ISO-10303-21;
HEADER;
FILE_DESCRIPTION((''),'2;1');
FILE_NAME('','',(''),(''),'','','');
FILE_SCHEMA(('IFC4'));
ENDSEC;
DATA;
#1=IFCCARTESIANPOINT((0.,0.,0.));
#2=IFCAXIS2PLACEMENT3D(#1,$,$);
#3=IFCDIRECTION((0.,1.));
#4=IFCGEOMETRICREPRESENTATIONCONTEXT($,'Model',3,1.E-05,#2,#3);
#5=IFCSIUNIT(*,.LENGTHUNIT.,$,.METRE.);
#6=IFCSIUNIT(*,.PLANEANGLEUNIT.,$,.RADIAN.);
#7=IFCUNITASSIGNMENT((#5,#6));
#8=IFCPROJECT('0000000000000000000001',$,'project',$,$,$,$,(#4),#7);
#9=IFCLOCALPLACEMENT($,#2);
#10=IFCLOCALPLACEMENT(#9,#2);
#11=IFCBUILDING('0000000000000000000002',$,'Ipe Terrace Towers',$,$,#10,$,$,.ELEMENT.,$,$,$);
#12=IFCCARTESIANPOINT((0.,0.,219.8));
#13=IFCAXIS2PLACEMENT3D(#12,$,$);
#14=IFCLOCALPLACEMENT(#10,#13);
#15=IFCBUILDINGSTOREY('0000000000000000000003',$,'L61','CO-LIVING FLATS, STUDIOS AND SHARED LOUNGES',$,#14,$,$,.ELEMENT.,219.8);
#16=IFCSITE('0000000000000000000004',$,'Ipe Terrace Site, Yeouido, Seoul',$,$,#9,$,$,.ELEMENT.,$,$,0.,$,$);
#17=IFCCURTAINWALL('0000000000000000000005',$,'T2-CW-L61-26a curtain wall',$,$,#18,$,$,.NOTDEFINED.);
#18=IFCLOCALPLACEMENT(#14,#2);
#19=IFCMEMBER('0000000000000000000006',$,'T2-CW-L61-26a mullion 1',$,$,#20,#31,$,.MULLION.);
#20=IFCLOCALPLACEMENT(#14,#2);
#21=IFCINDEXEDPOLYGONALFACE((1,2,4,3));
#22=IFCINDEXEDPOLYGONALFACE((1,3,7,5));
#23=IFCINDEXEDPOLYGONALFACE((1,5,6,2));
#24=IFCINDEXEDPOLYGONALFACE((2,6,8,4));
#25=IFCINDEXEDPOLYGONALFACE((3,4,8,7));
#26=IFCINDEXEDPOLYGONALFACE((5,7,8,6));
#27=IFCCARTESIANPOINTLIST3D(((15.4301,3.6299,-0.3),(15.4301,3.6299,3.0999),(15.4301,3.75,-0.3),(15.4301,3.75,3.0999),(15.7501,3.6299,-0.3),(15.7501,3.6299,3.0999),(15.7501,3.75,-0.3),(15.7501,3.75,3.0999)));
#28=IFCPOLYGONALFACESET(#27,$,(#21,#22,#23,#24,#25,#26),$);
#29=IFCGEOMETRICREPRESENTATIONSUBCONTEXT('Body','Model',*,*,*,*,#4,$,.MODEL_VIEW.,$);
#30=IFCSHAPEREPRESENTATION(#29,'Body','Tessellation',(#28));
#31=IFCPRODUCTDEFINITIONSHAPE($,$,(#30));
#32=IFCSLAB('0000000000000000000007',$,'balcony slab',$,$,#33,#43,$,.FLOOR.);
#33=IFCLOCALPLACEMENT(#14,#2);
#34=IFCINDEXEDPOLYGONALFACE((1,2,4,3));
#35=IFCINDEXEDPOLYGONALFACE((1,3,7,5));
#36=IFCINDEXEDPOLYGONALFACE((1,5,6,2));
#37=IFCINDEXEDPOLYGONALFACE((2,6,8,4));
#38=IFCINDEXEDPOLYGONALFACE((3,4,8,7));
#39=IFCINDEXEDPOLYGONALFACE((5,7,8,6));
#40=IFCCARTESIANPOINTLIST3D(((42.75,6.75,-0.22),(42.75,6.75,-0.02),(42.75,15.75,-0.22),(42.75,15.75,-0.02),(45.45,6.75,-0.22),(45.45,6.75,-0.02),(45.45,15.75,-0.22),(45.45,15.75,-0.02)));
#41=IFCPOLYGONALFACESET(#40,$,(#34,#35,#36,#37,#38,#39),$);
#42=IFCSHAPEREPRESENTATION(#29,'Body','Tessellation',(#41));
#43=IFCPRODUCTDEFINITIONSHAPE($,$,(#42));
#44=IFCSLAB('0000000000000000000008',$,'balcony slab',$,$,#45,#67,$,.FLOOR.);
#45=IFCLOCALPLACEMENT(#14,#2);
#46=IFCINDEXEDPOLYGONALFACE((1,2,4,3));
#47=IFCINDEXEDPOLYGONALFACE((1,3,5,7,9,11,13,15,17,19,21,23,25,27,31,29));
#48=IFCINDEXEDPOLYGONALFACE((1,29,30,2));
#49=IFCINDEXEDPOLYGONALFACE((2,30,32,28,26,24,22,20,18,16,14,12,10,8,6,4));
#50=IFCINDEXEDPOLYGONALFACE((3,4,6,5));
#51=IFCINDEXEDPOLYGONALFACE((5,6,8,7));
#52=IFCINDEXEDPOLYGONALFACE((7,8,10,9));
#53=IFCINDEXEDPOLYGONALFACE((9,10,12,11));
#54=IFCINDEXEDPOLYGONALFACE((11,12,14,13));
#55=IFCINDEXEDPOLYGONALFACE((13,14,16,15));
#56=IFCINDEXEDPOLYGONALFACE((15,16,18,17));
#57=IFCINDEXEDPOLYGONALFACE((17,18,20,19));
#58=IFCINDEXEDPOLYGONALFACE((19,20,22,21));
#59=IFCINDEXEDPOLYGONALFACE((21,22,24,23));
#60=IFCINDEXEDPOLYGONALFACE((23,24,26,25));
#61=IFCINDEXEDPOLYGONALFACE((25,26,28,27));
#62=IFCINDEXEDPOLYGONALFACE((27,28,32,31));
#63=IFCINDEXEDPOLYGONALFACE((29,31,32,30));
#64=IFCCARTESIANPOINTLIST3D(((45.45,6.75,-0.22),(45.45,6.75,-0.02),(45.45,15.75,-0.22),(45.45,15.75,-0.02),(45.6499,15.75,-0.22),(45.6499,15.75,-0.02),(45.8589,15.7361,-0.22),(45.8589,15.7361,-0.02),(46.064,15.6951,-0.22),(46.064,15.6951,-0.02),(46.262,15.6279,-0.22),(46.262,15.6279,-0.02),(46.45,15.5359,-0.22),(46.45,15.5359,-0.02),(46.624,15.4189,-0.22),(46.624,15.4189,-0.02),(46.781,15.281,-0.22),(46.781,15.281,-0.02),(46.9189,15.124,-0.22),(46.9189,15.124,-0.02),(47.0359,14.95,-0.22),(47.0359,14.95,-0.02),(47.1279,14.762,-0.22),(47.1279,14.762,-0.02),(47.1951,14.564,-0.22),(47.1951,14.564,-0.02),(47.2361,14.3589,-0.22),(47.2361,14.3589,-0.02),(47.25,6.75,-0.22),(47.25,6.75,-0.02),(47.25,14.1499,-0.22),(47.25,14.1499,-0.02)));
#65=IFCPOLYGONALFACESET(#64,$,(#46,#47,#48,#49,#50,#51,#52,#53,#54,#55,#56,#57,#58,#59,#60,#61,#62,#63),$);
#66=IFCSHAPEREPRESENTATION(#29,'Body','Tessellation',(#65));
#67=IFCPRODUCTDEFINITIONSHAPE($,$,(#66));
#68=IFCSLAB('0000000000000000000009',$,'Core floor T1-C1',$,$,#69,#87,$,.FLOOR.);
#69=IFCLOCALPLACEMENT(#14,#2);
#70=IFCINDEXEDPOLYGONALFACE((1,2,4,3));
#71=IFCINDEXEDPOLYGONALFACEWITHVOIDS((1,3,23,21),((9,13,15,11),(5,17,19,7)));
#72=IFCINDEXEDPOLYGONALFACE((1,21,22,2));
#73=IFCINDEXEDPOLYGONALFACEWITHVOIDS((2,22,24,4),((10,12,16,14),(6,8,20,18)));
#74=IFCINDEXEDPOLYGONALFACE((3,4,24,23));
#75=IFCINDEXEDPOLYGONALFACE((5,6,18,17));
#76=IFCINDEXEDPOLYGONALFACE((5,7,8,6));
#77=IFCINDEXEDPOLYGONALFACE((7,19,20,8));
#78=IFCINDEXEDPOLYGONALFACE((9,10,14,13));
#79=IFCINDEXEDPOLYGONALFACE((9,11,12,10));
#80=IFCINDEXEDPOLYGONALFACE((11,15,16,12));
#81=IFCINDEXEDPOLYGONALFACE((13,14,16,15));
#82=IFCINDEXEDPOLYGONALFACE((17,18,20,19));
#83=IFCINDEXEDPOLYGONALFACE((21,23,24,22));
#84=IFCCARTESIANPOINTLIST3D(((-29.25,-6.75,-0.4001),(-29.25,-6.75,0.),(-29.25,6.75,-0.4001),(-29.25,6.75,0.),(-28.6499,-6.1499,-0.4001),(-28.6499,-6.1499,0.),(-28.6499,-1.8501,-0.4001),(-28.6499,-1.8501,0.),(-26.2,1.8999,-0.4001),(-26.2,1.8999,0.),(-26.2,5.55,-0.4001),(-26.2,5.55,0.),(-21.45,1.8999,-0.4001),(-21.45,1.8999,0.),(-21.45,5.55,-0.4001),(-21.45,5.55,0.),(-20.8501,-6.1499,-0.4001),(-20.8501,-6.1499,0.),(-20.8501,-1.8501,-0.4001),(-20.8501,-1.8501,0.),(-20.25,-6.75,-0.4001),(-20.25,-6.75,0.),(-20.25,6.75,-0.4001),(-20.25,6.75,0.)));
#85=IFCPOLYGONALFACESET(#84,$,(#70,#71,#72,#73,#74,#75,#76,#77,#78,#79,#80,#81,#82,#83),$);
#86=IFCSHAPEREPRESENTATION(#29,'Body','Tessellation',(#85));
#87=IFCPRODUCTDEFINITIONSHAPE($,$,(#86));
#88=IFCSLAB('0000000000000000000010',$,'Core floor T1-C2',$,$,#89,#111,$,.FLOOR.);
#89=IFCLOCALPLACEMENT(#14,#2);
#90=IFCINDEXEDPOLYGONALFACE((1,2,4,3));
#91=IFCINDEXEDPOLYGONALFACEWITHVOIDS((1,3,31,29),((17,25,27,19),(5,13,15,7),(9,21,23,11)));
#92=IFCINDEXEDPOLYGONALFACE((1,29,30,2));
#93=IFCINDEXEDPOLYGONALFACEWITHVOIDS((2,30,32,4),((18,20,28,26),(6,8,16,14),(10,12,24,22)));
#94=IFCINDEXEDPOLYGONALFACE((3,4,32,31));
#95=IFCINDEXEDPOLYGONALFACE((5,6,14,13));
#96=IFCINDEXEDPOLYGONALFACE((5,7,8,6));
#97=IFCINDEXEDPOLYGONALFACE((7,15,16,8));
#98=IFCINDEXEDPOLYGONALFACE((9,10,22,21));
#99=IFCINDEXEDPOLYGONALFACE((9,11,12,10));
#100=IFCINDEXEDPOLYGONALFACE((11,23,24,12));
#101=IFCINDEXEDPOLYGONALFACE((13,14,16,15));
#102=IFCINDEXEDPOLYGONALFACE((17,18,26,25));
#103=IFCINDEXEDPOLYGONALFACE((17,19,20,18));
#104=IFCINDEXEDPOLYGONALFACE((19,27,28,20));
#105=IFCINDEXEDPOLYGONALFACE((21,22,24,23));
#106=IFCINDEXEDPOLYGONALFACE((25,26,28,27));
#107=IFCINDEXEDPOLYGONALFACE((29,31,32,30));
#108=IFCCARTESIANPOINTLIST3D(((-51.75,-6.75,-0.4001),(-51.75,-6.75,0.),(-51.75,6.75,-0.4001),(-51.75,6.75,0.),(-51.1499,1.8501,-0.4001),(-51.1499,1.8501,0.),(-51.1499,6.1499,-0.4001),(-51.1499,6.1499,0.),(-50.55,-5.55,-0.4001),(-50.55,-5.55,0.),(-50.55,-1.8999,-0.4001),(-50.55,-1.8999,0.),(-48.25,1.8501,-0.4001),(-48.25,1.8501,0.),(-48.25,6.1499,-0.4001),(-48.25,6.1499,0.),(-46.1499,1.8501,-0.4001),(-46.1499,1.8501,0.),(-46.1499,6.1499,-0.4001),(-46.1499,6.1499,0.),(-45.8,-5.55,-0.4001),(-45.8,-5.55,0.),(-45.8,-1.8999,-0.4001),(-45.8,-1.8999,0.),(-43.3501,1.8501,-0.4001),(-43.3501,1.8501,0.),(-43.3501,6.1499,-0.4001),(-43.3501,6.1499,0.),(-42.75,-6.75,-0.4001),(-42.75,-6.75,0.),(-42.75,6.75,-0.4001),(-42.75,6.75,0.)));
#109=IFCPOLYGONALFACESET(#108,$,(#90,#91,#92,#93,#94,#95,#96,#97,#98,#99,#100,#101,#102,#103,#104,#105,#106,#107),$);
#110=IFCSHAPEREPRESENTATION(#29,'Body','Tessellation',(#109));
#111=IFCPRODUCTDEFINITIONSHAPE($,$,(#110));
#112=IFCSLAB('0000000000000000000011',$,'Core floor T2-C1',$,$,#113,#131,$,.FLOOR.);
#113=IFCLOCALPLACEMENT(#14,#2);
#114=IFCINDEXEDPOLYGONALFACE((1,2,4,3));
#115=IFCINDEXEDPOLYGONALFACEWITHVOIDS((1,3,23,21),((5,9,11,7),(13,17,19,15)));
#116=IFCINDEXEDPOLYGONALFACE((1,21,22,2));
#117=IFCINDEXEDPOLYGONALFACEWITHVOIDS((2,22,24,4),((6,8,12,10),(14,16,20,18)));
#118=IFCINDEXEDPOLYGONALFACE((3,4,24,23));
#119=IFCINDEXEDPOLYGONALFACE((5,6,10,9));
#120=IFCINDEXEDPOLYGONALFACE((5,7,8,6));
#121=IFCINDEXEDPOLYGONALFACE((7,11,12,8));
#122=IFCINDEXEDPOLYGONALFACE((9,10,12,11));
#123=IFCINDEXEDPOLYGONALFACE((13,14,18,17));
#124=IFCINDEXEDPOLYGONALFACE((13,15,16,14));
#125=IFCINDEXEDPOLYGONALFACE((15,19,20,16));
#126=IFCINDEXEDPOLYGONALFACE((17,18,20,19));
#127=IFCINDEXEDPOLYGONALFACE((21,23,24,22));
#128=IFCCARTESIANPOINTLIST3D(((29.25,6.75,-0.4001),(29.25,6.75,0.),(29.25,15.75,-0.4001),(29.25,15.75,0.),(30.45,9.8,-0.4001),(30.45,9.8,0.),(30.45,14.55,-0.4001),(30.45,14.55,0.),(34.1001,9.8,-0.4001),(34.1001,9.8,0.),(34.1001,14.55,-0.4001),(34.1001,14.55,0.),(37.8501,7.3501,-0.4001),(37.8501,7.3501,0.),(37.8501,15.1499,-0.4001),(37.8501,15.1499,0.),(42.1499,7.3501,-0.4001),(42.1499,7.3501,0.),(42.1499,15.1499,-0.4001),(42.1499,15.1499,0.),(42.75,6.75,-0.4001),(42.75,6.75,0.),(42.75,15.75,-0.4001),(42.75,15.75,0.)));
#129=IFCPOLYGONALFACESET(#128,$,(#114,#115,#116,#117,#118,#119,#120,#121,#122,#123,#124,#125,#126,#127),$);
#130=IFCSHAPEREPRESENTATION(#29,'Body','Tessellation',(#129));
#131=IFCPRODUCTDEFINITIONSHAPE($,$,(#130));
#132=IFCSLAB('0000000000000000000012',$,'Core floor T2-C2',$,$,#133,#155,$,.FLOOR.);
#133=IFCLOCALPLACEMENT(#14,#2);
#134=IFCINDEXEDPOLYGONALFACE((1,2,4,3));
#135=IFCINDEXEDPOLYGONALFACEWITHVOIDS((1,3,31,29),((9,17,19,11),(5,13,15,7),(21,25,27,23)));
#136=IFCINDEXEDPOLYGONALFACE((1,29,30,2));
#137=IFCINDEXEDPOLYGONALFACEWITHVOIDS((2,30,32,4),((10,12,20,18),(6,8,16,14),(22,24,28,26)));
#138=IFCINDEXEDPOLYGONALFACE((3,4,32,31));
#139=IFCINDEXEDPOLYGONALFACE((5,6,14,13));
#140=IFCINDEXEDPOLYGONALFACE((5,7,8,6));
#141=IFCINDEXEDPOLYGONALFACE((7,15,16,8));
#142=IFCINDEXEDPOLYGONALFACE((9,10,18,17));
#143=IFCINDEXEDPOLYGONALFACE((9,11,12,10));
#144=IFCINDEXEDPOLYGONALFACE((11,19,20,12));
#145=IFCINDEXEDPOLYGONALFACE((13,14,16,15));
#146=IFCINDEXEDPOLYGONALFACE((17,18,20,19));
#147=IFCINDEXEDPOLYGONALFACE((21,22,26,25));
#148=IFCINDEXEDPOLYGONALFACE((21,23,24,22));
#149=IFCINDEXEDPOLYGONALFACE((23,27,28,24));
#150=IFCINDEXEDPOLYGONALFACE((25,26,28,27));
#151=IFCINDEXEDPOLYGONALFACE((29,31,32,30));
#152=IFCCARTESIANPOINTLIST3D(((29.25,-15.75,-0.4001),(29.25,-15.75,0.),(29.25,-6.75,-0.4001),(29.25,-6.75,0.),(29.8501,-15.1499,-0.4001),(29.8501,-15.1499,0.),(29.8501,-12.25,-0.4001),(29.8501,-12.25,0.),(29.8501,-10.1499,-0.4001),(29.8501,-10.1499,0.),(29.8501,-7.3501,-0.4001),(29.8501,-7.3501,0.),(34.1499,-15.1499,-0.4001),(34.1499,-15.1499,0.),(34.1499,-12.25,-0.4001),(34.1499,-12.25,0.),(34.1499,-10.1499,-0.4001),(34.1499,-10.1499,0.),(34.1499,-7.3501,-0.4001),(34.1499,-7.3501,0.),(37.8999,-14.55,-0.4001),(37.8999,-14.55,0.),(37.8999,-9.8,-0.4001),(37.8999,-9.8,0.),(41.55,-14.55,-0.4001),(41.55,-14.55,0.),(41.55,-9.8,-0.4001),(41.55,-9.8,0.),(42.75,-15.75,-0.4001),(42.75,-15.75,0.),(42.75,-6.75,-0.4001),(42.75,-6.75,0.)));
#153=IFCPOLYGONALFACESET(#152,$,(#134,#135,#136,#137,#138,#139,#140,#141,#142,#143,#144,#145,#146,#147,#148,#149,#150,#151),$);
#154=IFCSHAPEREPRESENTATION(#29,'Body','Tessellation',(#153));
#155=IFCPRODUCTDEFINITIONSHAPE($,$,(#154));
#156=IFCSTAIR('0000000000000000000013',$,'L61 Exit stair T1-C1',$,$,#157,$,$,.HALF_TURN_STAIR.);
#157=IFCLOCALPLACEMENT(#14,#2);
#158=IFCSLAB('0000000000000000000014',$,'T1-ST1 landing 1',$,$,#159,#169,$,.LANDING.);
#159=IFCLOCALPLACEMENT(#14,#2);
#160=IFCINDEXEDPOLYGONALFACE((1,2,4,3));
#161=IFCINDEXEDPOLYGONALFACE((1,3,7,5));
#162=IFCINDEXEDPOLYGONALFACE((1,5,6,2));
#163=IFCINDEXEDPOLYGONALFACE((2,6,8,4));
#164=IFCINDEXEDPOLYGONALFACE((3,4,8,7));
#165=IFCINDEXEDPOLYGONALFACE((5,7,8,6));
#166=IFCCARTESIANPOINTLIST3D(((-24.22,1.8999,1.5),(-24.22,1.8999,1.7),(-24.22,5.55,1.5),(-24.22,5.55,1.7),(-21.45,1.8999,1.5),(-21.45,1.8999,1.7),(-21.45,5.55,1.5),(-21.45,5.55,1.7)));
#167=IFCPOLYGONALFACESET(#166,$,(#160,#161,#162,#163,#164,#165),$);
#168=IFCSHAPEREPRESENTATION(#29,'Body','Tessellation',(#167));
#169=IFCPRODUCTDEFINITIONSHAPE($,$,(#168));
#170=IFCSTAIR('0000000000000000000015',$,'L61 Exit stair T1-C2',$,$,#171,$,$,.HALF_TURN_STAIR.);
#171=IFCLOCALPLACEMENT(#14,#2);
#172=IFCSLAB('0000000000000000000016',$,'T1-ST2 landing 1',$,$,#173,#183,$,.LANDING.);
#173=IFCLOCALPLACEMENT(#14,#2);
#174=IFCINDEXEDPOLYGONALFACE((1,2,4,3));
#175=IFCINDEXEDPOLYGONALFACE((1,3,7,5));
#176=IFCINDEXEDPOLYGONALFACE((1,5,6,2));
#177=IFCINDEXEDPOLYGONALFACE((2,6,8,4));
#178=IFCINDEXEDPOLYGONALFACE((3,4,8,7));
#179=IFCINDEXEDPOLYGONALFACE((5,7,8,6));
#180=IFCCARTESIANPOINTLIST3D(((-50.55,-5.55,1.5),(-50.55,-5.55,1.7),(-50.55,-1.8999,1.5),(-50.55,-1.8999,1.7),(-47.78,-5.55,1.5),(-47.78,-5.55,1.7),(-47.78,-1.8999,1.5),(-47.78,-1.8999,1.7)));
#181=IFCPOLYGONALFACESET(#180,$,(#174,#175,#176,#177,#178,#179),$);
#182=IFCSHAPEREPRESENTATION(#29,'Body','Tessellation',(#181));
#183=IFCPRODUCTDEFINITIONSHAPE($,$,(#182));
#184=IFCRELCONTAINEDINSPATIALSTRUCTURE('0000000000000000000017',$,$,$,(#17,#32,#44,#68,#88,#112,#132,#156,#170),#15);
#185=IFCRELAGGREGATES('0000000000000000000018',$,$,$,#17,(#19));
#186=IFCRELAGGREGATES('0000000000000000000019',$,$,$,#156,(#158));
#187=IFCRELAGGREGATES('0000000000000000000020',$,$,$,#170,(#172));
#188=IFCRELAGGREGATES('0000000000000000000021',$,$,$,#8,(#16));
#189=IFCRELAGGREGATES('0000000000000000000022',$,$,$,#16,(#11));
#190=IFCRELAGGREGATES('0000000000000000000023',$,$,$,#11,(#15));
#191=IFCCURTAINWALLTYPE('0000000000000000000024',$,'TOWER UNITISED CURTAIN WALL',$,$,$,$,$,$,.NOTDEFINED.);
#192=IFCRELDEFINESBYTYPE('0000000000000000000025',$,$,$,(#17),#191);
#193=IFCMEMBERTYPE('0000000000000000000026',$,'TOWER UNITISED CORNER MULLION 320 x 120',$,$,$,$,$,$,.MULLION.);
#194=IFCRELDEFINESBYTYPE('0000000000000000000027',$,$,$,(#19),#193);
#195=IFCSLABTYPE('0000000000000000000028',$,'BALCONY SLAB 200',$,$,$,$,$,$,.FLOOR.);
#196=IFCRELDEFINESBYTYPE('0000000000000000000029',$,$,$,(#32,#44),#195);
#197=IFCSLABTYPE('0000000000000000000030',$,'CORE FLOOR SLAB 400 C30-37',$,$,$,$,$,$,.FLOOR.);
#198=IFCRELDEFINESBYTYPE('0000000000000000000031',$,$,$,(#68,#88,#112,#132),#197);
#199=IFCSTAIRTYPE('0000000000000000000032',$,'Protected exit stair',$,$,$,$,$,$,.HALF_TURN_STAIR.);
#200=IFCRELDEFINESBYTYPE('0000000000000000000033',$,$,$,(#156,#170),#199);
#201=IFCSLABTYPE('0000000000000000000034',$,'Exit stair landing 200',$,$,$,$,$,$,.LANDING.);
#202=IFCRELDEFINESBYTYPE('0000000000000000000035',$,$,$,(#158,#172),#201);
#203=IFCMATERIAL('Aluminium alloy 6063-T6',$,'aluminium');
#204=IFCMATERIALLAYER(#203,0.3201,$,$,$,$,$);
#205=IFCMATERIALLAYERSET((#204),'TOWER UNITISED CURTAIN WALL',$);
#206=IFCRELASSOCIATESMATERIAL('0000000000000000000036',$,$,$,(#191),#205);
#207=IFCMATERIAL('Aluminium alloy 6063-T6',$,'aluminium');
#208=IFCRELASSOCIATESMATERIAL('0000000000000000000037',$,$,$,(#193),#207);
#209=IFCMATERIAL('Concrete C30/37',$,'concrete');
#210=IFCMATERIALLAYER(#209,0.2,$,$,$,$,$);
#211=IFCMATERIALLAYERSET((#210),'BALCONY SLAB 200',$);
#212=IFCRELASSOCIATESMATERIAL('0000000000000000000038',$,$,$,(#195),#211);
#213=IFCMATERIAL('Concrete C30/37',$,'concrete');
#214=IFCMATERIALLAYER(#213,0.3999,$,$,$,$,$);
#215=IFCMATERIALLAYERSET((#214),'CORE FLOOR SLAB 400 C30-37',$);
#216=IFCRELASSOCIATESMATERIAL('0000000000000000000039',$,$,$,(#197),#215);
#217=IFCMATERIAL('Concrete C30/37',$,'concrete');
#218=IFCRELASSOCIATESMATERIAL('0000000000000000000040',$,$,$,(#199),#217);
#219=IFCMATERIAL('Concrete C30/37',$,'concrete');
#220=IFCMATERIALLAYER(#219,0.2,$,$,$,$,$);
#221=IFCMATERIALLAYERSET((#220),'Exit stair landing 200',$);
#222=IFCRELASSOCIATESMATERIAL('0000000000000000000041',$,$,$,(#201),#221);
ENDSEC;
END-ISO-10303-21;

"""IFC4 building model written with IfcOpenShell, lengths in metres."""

from ifc_helpers import new_model, si_unit, direction, frame, origin, origin_2d, place, context, subcontext, project, spatial, polyline, rectangle, outline, extrude, material, layer, layer_set, material_profile, profile_set, type_object, element, aggregate, save


model = new_model("IFC4")

# Units and contexts
model_context = context("Model", 3, precision=1e-05, world=origin(), true_north=direction((0.0, 1.0)))
body_context = subcontext(model_context, "Body", "Model", "MODEL_VIEW")
ifc_project = project(units=[si_unit("LENGTHUNIT", "METRE"), si_unit("PLANEANGLEUNIT", "RADIAN")], contexts=[model_context])

# Site, building, storey
site_placement = place(None, origin())
site = spatial("IfcSite", under=ifc_project, at=site_placement, Name="Ipe Terrace Site, Yeouido, Seoul", CompositionType="ELEMENT", RefElevation=0.0)
building_placement = place(site_placement, origin())
building = spatial("IfcBuilding", under=site, at=building_placement, Name="Ipe Terrace Towers", CompositionType="ELEMENT")
storey_placement = place(building_placement, frame((0.0, 0.0, 219.8)))
storey = spatial("IfcBuildingStorey", under=building, at=storey_placement, Name="L61", Description="CO-LIVING FLATS, STUDIOS AND SHARED LOUNGES", CompositionType="ELEMENT", Elevation=219.8)

# Curtain wall, member
ifc_material_1 = material(Name="Aluminium alloy 6063-T6", Category="aluminium")
ifc_layer_1 = layer(ifc_material_1, 0.3201)
ifc_layer_set_1 = layer_set([ifc_layer_1], Name="TOWER UNITISED CURTAIN WALL")
curtain_wall_type = type_object("IfcCurtainWallType", Name="TOWER UNITISED CURTAIN WALL", PredefinedType="NOTDEFINED", material=ifc_layer_set_1)
curtain_wall_placement = place(storey_placement, origin())
curtain_wall = element("IfcCurtainWall", 1, at=curtain_wall_placement, inside=storey, type_object=curtain_wall_type, Name="T2-CW-L61-26a curtain wall", PredefinedType="NOTDEFINED")
ifc_material_2 = material(Name="Aluminium alloy 6063-T6", Category="aluminium")
ifc_material_profile = material_profile(ifc_material_2, rectangle(XDim=0.3201, YDim=0.1201, at=origin_2d()), Name="TOWER UNITISED CORNER MULLION 320 x 120")
ifc_profile_set = profile_set([ifc_material_profile], Name="Aluminium alloy 6063-T6")
member_type = type_object("IfcMemberType", Name="TOWER UNITISED CORNER MULLION 320 x 120", PredefinedType="MULLION", material=ifc_profile_set)
member_placement = place(storey_placement, frame((15.5901, 3.6899, -0.3), z_axis=(0.0, 0.0, 1.0), x_axis=(-1.0, 0.0, 0.0)))
member = element("IfcMember", 2, at=member_placement, type_object=member_type, Name="T2-CW-L61-26a mullion 1", PredefinedType="MULLION", context=body_context, shape_type="SweptSolid", body=[
    extrude(rectangle(XDim=0.3201, YDim=0.1201, at=origin_2d()), origin(), (0.0, 0.0, 1.0), 3.3999),
])
aggregate(curtain_wall, [member])

# Slabs
ifc_material_3 = material(Name="Concrete C30/37", Category="concrete")
ifc_layer_2 = layer(ifc_material_3, 0.2)
ifc_layer_set_2 = layer_set([ifc_layer_2], Name="BALCONY SLAB 200")
slab_type_1 = type_object("IfcSlabType", Name="BALCONY SLAB 200", PredefinedType="FLOOR", material=ifc_layer_set_2)
slab_1_placement = place(storey_placement, frame((0.0, 0.0, -0.22)))
element("IfcSlab", 3, at=slab_1_placement, inside=storey, type_object=slab_type_1, Name="balcony slab", PredefinedType="FLOOR", context=body_context, shape_type="SweptSolid", body=[
    extrude(outline(polyline([(42.75, 15.75), (42.75, 6.75), (45.45, 6.75), (45.45, 15.75), (42.75, 15.75)])), origin(), (0.0, 0.0, 1.0), 0.2),
])
slab_2_placement = place(storey_placement, frame((0.0, 0.0, -0.22)))
element("IfcSlab", 4, at=slab_2_placement, inside=storey, type_object=slab_type_1, Name="balcony slab", PredefinedType="FLOOR", context=body_context, shape_type="SweptSolid", body=[
    extrude(outline(polyline([(47.25, 6.75), (47.25, 14.1499), (47.2361, 14.3589), (47.1951, 14.564), (47.1279, 14.762), (47.0359, 14.95), (46.9189, 15.124), (46.781, 15.281), (46.624, 15.4189), (46.45, 15.5359), (46.262, 15.6279), (46.064, 15.6951), (45.8589, 15.7361), (45.6499, 15.75), (45.45, 15.75), (45.45, 6.75), (47.25, 6.75)])), origin(), (0.0, 0.0, 1.0), 0.2),
])
ifc_material_4 = material(Name="Concrete C30/37", Category="concrete")
ifc_layer_3 = layer(ifc_material_4, 0.3999)
ifc_layer_set_3 = layer_set([ifc_layer_3], Name="CORE FLOOR SLAB 400 C30-37")
slab_type_2 = type_object("IfcSlabType", Name="CORE FLOOR SLAB 400 C30-37", PredefinedType="FLOOR", material=ifc_layer_set_3)
slab_3_placement = place(storey_placement, frame((0.0, 0.0, -0.4001)))
element("IfcSlab", 5, at=slab_3_placement, inside=storey, type_object=slab_type_2, Name="Core floor T1-C1", PredefinedType="FLOOR", context=body_context, shape_type="SweptSolid", body=[
    extrude(outline(polyline([(-29.25, -6.75), (-29.25, 6.75), (-20.25, 6.75), (-20.25, -6.75), (-29.25, -6.75)]), holes=[polyline([(-28.6499, -6.1499), (-20.8501, -6.1499), (-20.8501, -1.8501), (-28.6499, -1.8501), (-28.6499, -6.1499)]), polyline([(-26.2, 5.55), (-26.2, 1.8999), (-21.45, 1.8999), (-21.45, 5.55), (-26.2, 5.55)])]), origin(), (0.0, 0.0, 1.0), 0.4001),
])
slab_4_placement = place(storey_placement, frame((0.0, 0.0, -0.4001)))
element("IfcSlab", 6, at=slab_4_placement, inside=storey, type_object=slab_type_2, Name="Core floor T1-C2", PredefinedType="FLOOR", context=body_context, shape_type="SweptSolid", body=[
    extrude(outline(polyline([(-51.75, -6.75), (-51.75, 6.75), (-42.75, 6.75), (-42.75, -6.75), (-51.75, -6.75)]), holes=[polyline([(-45.8, -1.8999), (-50.55, -1.8999), (-50.55, -5.55), (-45.8, -5.55), (-45.8, -1.8999)]), polyline([(-48.25, 1.8501), (-48.25, 6.1499), (-51.1499, 6.1499), (-51.1499, 1.8501), (-48.25, 1.8501)]), polyline([(-43.3501, 1.8501), (-43.3501, 6.1499), (-46.1499, 6.1499), (-46.1499, 1.8501), (-43.3501, 1.8501)])]), origin(), (0.0, 0.0, 1.0), 0.4001),
])
slab_5_placement = place(storey_placement, frame((0.0, 0.0, -0.4001)))
element("IfcSlab", 7, at=slab_5_placement, inside=storey, type_object=slab_type_2, Name="Core floor T2-C1", PredefinedType="FLOOR", context=body_context, shape_type="SweptSolid", body=[
    extrude(outline(polyline([(29.25, 6.75), (29.25, 15.75), (42.75, 15.75), (42.75, 6.75), (29.25, 6.75)]), holes=[polyline([(42.1499, 7.3501), (42.1499, 15.1499), (37.8501, 15.1499), (37.8501, 7.3501), (42.1499, 7.3501)]), polyline([(30.45, 9.8), (34.1001, 9.8), (34.1001, 14.55), (30.45, 14.55), (30.45, 9.8)])]), origin(), (0.0, 0.0, 1.0), 0.4001),
])
slab_6_placement = place(storey_placement, frame((0.0, 0.0, -0.4001)))
element("IfcSlab", 8, at=slab_6_placement, inside=storey, type_object=slab_type_2, Name="Core floor T2-C2", PredefinedType="FLOOR", context=body_context, shape_type="SweptSolid", body=[
    extrude(outline(polyline([(29.25, -15.75), (29.25, -6.75), (42.75, -6.75), (42.75, -15.75), (29.25, -15.75)]), holes=[polyline([(29.8501, -12.25), (29.8501, -15.1499), (34.1499, -15.1499), (34.1499, -12.25), (29.8501, -12.25)]), polyline([(41.55, -9.8), (37.8999, -9.8), (37.8999, -14.55), (41.55, -14.55), (41.55, -9.8)]), polyline([(34.1499, -7.3501), (29.8501, -7.3501), (29.8501, -10.1499), (34.1499, -10.1499), (34.1499, -7.3501)])]), origin(), (0.0, 0.0, 1.0), 0.4001),
])

# Stairs, slabs
ifc_material_5 = material(Name="Concrete C30/37", Category="concrete")
stair_type = type_object("IfcStairType", Name="Protected exit stair", PredefinedType="HALF_TURN_STAIR", material=ifc_material_5)
stair_1_placement = place(storey_placement, origin())
stair_1 = element("IfcStair", 9, at=stair_1_placement, inside=storey, type_object=stair_type, Name="L61 Exit stair T1-C1", PredefinedType="HALF_TURN_STAIR")
ifc_material_6 = material(Name="Concrete C30/37", Category="concrete")
ifc_layer_4 = layer(ifc_material_6, 0.2)
ifc_layer_set_4 = layer_set([ifc_layer_4], Name="Exit stair landing 200")
slab_type_3 = type_object("IfcSlabType", Name="Exit stair landing 200", PredefinedType="LANDING", material=ifc_layer_set_4)
slab_7_placement = place(storey_placement, frame((0.0, 0.0, 1.5)))
slab_7 = element("IfcSlab", 10, at=slab_7_placement, type_object=slab_type_3, Name="T1-ST1 landing 1", PredefinedType="LANDING", context=body_context, shape_type="SweptSolid", body=[
    extrude(outline(polyline([(-24.22, 1.8999), (-21.45, 1.8999), (-21.45, 5.55), (-24.22, 5.55), (-24.22, 1.8999)])), origin(), (0.0, 0.0, 1.0), 0.2),
])
aggregate(stair_1, [slab_7])
stair_2_placement = place(storey_placement, origin())
stair_2 = element("IfcStair", 11, at=stair_2_placement, inside=storey, type_object=stair_type, Name="L61 Exit stair T1-C2", PredefinedType="HALF_TURN_STAIR")
slab_8_placement = place(storey_placement, frame((0.0, 0.0, 1.5)))
slab_8 = element("IfcSlab", 12, at=slab_8_placement, type_object=slab_type_3, Name="T1-ST2 landing 1", PredefinedType="LANDING", context=body_context, shape_type="SweptSolid", body=[
    extrude(outline(polyline([(-47.78, -1.8999), (-50.55, -1.8999), (-50.55, -5.55), (-47.78, -5.55), (-47.78, -1.8999)])), origin(), (0.0, 0.0, 1.0), 0.2),
])
aggregate(stair_2, [slab_8])

save(model, "model.ifc")
